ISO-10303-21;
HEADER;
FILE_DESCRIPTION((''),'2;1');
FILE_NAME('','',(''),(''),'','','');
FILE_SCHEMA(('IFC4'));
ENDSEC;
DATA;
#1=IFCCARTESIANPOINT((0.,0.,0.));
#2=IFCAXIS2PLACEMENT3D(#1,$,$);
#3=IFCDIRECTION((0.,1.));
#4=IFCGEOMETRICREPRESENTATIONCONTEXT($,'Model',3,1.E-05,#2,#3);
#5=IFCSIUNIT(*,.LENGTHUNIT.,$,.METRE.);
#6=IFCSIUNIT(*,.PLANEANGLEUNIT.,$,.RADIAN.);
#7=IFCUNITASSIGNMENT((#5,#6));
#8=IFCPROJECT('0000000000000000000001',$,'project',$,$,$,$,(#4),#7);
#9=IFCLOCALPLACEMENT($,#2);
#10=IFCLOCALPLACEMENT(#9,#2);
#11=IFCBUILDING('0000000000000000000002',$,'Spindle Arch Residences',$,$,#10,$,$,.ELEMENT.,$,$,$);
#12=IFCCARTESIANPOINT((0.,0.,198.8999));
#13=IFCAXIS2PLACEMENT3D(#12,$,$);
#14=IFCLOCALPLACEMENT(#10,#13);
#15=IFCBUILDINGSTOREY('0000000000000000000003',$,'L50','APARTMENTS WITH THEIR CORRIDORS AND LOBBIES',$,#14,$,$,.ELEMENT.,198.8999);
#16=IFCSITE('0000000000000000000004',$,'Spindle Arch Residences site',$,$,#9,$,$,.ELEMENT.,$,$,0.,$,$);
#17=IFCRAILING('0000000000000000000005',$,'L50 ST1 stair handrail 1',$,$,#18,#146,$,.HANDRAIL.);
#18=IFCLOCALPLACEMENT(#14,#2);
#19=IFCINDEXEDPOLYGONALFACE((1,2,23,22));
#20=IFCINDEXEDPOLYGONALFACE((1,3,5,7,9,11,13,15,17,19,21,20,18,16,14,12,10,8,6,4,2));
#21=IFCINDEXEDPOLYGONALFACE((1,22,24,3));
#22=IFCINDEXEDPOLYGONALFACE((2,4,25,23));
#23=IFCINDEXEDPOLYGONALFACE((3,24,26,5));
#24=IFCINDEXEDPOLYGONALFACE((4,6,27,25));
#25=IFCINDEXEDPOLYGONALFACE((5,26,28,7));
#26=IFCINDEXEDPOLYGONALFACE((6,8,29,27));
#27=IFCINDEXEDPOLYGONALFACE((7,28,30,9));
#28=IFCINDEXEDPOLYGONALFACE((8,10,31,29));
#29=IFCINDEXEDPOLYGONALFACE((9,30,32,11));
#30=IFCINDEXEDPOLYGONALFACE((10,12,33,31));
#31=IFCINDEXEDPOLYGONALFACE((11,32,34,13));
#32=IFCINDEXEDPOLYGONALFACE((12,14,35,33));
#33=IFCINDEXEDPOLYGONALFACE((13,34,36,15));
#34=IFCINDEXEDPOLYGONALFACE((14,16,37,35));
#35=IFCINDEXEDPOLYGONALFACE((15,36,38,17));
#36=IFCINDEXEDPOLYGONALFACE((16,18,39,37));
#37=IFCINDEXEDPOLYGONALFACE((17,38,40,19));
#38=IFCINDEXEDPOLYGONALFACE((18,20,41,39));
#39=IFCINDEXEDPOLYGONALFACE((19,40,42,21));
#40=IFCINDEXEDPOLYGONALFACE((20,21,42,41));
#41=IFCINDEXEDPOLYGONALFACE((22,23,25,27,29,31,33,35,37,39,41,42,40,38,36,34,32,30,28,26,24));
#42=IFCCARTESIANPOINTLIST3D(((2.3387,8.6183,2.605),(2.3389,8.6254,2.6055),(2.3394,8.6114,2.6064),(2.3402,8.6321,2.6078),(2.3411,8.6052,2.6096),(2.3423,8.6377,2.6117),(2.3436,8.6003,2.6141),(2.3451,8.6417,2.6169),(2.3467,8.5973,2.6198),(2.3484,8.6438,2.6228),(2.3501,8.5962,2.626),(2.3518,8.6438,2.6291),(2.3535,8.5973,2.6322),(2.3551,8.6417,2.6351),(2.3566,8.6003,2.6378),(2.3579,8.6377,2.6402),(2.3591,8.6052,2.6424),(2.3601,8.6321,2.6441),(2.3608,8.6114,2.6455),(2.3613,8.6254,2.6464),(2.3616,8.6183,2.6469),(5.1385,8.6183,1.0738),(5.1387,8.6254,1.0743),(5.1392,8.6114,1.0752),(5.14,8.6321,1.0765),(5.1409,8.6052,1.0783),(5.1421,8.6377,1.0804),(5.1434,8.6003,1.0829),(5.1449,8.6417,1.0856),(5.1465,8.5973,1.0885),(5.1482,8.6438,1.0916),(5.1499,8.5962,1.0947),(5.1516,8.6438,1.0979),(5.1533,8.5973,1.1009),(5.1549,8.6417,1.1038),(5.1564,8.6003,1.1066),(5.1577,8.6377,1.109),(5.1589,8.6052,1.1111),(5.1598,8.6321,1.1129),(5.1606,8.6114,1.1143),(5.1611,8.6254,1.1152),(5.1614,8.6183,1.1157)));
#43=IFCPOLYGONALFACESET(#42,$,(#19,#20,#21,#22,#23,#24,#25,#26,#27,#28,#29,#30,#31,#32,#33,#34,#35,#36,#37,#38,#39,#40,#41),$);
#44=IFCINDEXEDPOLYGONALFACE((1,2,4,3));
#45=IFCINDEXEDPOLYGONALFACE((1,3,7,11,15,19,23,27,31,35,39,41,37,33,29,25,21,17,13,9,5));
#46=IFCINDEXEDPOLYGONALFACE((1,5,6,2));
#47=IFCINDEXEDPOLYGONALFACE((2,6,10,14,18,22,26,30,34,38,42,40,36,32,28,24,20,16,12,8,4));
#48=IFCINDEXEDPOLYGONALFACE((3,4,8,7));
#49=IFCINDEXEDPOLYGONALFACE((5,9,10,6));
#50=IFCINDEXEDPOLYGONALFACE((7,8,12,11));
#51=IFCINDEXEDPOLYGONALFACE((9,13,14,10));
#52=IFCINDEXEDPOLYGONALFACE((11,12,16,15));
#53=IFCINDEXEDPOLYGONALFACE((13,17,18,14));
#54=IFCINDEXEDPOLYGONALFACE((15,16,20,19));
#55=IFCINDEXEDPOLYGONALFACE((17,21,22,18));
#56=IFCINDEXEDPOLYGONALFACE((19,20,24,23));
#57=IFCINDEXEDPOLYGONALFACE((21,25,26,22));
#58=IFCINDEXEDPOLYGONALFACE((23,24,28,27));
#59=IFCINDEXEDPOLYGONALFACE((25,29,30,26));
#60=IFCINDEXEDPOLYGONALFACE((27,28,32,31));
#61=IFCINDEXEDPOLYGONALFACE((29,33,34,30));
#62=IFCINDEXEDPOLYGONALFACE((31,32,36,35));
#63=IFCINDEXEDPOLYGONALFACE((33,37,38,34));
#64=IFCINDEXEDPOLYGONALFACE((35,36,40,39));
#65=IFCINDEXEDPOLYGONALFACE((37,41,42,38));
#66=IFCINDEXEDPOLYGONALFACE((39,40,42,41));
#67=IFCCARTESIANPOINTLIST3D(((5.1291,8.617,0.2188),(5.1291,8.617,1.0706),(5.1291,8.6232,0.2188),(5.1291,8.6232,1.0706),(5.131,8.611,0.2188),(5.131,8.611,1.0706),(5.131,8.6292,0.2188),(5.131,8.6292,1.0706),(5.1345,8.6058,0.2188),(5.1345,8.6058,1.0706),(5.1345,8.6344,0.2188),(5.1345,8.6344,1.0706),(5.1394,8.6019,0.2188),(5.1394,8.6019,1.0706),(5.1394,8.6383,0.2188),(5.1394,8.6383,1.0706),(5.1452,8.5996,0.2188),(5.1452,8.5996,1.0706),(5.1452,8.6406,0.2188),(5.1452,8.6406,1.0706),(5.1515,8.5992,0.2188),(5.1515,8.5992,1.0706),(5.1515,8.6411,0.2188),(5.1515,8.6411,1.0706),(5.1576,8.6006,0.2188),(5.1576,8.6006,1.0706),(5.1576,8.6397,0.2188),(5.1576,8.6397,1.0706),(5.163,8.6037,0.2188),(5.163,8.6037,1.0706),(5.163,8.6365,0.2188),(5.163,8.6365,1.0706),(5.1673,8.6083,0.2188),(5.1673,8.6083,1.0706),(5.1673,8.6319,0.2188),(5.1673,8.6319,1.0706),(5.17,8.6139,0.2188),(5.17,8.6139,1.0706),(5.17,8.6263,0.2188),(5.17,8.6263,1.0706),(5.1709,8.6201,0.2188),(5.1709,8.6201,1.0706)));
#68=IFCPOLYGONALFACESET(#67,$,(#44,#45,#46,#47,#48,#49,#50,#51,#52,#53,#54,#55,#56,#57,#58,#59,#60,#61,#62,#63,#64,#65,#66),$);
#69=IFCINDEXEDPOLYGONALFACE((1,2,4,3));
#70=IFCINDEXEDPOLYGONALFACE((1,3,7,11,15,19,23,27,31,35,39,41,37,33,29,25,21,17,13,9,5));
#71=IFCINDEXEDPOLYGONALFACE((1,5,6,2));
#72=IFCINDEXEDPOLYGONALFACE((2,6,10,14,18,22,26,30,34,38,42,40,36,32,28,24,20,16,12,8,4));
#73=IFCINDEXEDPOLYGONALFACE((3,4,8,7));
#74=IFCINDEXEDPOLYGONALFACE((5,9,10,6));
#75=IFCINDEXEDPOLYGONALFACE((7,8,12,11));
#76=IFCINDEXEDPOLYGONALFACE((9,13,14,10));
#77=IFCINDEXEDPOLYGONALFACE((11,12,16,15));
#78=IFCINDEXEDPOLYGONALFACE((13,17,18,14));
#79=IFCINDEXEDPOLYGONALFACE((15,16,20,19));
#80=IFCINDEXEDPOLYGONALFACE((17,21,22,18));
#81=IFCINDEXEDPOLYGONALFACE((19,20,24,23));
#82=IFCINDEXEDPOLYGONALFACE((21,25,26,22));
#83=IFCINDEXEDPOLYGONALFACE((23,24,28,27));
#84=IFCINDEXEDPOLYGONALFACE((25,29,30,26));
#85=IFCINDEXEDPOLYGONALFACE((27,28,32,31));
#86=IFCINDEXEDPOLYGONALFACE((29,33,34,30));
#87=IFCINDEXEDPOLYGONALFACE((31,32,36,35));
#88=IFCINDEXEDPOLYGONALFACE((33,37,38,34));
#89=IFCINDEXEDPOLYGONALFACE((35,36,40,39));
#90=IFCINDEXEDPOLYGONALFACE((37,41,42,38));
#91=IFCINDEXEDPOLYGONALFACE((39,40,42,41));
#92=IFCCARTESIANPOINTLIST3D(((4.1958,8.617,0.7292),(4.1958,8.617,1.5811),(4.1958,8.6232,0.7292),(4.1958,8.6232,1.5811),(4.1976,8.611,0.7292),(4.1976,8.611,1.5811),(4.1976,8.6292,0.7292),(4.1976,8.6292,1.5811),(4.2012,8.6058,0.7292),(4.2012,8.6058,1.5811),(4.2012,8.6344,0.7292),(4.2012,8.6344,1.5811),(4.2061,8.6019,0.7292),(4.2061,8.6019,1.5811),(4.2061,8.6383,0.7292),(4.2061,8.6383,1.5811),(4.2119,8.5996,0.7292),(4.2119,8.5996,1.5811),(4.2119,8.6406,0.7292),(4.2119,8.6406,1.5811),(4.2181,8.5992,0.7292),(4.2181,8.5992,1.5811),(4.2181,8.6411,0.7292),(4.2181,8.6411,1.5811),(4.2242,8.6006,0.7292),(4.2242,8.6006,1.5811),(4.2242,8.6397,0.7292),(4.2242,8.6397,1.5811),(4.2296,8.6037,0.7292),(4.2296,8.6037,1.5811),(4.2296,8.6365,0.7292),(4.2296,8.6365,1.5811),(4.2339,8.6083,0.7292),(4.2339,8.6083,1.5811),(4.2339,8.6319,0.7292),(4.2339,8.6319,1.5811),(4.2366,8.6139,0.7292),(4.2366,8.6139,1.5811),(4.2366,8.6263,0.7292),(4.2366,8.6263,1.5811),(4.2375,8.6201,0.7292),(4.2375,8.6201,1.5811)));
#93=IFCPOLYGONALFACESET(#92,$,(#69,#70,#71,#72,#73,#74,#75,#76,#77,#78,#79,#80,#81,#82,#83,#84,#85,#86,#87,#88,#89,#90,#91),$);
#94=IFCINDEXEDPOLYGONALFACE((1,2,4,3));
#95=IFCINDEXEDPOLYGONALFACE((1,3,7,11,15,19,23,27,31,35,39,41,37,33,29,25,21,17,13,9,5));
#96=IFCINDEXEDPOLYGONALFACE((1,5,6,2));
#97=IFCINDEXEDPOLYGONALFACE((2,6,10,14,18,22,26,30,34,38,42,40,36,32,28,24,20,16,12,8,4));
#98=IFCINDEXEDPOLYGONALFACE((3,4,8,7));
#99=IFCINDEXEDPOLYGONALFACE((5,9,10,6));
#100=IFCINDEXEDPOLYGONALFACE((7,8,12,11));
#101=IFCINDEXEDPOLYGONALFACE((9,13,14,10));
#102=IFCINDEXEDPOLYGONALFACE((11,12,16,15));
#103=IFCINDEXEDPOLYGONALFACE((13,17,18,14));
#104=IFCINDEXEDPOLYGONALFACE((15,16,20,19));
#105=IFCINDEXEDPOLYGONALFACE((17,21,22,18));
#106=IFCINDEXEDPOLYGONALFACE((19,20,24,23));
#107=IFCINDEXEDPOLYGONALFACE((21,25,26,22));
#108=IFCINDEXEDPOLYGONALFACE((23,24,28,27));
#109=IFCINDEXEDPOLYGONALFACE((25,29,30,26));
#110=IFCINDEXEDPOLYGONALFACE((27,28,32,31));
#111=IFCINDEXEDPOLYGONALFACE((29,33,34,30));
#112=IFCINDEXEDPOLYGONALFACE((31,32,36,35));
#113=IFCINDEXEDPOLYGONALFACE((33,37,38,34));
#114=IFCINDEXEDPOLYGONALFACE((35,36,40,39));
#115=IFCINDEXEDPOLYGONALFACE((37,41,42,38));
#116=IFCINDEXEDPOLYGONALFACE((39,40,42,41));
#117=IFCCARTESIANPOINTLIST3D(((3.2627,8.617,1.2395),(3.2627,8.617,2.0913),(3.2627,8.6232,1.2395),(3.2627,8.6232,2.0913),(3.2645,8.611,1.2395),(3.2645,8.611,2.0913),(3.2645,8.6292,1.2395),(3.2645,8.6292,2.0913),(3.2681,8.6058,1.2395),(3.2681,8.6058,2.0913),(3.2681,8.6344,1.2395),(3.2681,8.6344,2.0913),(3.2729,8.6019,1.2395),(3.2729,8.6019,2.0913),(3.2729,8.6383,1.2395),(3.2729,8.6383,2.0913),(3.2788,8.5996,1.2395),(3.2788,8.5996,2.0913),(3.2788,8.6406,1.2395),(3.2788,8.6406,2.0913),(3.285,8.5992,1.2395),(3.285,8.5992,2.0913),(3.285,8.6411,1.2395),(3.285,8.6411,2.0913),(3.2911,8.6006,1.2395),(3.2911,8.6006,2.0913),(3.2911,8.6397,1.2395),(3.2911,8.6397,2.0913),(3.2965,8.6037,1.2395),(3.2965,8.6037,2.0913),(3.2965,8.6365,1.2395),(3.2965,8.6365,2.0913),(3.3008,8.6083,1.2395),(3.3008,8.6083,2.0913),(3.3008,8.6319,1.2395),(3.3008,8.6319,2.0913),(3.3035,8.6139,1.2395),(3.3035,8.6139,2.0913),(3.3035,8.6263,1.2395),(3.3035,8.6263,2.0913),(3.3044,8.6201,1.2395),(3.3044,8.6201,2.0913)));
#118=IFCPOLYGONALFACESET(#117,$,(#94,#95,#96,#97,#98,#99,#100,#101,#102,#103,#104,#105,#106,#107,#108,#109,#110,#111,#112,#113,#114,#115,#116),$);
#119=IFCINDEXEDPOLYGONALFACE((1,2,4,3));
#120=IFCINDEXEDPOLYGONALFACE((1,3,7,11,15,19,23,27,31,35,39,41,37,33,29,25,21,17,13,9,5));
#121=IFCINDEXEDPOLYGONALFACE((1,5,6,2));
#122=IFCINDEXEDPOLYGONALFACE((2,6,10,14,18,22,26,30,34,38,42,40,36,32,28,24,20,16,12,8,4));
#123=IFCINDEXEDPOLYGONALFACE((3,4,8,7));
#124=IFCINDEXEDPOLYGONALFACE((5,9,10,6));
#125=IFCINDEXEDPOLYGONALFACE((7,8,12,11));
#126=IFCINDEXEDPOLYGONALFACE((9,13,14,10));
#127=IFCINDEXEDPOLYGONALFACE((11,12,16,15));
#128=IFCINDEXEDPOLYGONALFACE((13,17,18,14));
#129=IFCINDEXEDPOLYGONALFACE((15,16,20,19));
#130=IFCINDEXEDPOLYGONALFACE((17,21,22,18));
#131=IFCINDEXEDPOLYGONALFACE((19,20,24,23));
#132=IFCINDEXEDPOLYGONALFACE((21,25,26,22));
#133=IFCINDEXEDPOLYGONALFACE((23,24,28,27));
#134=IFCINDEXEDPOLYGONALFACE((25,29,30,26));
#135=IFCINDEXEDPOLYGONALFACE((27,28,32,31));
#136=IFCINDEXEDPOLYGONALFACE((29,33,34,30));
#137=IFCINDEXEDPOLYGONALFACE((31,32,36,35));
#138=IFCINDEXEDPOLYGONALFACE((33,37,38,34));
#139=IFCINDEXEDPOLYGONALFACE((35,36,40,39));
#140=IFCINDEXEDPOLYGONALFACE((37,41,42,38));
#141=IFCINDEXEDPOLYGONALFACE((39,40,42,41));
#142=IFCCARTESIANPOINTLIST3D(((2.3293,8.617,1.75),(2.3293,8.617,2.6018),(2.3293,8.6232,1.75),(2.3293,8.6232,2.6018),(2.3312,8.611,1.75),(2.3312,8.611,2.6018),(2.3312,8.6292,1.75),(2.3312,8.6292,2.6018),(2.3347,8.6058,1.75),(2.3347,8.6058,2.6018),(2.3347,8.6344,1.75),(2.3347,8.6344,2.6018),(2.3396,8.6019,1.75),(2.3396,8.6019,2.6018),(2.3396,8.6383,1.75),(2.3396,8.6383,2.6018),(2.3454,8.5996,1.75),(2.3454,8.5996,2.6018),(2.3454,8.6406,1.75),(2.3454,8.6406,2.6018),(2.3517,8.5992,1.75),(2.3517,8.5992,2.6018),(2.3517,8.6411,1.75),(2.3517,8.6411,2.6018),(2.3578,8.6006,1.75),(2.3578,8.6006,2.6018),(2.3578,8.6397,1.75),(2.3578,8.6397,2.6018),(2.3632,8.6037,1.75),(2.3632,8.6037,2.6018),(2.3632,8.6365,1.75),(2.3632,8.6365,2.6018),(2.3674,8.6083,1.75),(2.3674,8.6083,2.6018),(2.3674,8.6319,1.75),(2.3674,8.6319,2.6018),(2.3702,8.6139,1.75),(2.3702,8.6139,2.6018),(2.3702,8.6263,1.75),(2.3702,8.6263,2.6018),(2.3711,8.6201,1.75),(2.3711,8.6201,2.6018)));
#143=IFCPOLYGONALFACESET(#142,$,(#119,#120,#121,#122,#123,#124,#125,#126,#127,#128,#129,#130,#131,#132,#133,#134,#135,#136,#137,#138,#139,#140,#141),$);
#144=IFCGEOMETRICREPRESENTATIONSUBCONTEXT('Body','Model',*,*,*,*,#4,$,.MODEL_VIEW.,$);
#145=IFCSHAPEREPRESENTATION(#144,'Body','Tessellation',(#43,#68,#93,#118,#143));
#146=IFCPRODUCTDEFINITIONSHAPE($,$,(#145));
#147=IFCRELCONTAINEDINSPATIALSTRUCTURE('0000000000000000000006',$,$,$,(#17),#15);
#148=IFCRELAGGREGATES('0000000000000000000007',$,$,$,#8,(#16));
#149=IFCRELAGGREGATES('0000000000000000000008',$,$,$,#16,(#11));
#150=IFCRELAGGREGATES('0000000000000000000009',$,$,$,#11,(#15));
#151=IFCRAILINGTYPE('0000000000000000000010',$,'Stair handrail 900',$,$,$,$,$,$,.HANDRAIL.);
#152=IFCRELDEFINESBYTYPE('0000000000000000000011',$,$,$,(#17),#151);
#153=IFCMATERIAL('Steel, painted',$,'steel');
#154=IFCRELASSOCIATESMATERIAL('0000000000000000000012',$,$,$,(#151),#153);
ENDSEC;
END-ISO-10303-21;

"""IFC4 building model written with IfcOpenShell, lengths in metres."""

from ifc_helpers import new_model, si_unit, direction, frame, origin, origin_2d, place, context, subcontext, project, spatial, circle, extrude, material, type_object, element, save


model = new_model("IFC4")

# Units and contexts
model_context = context("Model", 3, precision=1e-05, world=origin(), true_north=direction((0.0, 1.0)))
body_context = subcontext(model_context, "Body", "Model", "MODEL_VIEW")
ifc_project = project(units=[si_unit("LENGTHUNIT", "METRE"), si_unit("PLANEANGLEUNIT", "RADIAN")], contexts=[model_context])

# Site, building, storey
site_placement = place(None, origin())
site = spatial("IfcSite", under=ifc_project, at=site_placement, Name="Spindle Arch Residences site", CompositionType="ELEMENT", RefElevation=0.0)
building_placement = place(site_placement, origin())
building = spatial("IfcBuilding", under=site, at=building_placement, Name="Spindle Arch Residences", CompositionType="ELEMENT")
storey_placement = place(building_placement, frame((0.0, 0.0, 198.8999)))
storey = spatial("IfcBuildingStorey", under=building, at=storey_placement, Name="L50", Description="APARTMENTS WITH THEIR CORRIDORS AND LOBBIES", CompositionType="ELEMENT", Elevation=198.8999)

# Railing
ifc_material_1 = material(Name="Steel, painted", Category="steel")
railing_type_1 = type_object("IfcRailingType", Name="Stair handrail 900", PredefinedType="HANDRAIL", material=ifc_material_1)
railing_1_placement = place(storey_placement, frame((5.1499, 8.6201, 0.2188)))
element("IfcRailing", 1, at=railing_1_placement, inside=storey, type_object=railing_type_1, Name="L50 ST1 stair handrail 1", PredefinedType="HANDRAIL", context=body_context, shape_type="SweptSolid", body=[
    extrude(circle(Radius=0.0239, at=origin_2d()), frame((0.0, 0.0, 0.876), z_axis=(-0.877357, 0.0, 0.479838), x_axis=(0.0, -1.0, 0.0)), (0.0, 0.0, 1.0), 3.1912),
    extrude(circle(Radius=0.021, at=origin_2d()), origin(), (0.0, 0.0, 1.0), 0.8518),
    extrude(circle(Radius=0.021, at=origin_2d()), frame((-0.9333, 0.0, 0.5105)), (0.0, 0.0, 1.0), 0.8518),
    extrude(circle(Radius=0.021, at=origin_2d()), frame((-1.8665, 0.0, 1.0208)), (0.0, 0.0, 1.0), 0.8518),
    extrude(circle(Radius=0.021, at=origin_2d()), frame((-2.7998, 0.0, 1.5312)), (0.0, 0.0, 1.0), 0.8518),
])

save(model, "model.ifc")
